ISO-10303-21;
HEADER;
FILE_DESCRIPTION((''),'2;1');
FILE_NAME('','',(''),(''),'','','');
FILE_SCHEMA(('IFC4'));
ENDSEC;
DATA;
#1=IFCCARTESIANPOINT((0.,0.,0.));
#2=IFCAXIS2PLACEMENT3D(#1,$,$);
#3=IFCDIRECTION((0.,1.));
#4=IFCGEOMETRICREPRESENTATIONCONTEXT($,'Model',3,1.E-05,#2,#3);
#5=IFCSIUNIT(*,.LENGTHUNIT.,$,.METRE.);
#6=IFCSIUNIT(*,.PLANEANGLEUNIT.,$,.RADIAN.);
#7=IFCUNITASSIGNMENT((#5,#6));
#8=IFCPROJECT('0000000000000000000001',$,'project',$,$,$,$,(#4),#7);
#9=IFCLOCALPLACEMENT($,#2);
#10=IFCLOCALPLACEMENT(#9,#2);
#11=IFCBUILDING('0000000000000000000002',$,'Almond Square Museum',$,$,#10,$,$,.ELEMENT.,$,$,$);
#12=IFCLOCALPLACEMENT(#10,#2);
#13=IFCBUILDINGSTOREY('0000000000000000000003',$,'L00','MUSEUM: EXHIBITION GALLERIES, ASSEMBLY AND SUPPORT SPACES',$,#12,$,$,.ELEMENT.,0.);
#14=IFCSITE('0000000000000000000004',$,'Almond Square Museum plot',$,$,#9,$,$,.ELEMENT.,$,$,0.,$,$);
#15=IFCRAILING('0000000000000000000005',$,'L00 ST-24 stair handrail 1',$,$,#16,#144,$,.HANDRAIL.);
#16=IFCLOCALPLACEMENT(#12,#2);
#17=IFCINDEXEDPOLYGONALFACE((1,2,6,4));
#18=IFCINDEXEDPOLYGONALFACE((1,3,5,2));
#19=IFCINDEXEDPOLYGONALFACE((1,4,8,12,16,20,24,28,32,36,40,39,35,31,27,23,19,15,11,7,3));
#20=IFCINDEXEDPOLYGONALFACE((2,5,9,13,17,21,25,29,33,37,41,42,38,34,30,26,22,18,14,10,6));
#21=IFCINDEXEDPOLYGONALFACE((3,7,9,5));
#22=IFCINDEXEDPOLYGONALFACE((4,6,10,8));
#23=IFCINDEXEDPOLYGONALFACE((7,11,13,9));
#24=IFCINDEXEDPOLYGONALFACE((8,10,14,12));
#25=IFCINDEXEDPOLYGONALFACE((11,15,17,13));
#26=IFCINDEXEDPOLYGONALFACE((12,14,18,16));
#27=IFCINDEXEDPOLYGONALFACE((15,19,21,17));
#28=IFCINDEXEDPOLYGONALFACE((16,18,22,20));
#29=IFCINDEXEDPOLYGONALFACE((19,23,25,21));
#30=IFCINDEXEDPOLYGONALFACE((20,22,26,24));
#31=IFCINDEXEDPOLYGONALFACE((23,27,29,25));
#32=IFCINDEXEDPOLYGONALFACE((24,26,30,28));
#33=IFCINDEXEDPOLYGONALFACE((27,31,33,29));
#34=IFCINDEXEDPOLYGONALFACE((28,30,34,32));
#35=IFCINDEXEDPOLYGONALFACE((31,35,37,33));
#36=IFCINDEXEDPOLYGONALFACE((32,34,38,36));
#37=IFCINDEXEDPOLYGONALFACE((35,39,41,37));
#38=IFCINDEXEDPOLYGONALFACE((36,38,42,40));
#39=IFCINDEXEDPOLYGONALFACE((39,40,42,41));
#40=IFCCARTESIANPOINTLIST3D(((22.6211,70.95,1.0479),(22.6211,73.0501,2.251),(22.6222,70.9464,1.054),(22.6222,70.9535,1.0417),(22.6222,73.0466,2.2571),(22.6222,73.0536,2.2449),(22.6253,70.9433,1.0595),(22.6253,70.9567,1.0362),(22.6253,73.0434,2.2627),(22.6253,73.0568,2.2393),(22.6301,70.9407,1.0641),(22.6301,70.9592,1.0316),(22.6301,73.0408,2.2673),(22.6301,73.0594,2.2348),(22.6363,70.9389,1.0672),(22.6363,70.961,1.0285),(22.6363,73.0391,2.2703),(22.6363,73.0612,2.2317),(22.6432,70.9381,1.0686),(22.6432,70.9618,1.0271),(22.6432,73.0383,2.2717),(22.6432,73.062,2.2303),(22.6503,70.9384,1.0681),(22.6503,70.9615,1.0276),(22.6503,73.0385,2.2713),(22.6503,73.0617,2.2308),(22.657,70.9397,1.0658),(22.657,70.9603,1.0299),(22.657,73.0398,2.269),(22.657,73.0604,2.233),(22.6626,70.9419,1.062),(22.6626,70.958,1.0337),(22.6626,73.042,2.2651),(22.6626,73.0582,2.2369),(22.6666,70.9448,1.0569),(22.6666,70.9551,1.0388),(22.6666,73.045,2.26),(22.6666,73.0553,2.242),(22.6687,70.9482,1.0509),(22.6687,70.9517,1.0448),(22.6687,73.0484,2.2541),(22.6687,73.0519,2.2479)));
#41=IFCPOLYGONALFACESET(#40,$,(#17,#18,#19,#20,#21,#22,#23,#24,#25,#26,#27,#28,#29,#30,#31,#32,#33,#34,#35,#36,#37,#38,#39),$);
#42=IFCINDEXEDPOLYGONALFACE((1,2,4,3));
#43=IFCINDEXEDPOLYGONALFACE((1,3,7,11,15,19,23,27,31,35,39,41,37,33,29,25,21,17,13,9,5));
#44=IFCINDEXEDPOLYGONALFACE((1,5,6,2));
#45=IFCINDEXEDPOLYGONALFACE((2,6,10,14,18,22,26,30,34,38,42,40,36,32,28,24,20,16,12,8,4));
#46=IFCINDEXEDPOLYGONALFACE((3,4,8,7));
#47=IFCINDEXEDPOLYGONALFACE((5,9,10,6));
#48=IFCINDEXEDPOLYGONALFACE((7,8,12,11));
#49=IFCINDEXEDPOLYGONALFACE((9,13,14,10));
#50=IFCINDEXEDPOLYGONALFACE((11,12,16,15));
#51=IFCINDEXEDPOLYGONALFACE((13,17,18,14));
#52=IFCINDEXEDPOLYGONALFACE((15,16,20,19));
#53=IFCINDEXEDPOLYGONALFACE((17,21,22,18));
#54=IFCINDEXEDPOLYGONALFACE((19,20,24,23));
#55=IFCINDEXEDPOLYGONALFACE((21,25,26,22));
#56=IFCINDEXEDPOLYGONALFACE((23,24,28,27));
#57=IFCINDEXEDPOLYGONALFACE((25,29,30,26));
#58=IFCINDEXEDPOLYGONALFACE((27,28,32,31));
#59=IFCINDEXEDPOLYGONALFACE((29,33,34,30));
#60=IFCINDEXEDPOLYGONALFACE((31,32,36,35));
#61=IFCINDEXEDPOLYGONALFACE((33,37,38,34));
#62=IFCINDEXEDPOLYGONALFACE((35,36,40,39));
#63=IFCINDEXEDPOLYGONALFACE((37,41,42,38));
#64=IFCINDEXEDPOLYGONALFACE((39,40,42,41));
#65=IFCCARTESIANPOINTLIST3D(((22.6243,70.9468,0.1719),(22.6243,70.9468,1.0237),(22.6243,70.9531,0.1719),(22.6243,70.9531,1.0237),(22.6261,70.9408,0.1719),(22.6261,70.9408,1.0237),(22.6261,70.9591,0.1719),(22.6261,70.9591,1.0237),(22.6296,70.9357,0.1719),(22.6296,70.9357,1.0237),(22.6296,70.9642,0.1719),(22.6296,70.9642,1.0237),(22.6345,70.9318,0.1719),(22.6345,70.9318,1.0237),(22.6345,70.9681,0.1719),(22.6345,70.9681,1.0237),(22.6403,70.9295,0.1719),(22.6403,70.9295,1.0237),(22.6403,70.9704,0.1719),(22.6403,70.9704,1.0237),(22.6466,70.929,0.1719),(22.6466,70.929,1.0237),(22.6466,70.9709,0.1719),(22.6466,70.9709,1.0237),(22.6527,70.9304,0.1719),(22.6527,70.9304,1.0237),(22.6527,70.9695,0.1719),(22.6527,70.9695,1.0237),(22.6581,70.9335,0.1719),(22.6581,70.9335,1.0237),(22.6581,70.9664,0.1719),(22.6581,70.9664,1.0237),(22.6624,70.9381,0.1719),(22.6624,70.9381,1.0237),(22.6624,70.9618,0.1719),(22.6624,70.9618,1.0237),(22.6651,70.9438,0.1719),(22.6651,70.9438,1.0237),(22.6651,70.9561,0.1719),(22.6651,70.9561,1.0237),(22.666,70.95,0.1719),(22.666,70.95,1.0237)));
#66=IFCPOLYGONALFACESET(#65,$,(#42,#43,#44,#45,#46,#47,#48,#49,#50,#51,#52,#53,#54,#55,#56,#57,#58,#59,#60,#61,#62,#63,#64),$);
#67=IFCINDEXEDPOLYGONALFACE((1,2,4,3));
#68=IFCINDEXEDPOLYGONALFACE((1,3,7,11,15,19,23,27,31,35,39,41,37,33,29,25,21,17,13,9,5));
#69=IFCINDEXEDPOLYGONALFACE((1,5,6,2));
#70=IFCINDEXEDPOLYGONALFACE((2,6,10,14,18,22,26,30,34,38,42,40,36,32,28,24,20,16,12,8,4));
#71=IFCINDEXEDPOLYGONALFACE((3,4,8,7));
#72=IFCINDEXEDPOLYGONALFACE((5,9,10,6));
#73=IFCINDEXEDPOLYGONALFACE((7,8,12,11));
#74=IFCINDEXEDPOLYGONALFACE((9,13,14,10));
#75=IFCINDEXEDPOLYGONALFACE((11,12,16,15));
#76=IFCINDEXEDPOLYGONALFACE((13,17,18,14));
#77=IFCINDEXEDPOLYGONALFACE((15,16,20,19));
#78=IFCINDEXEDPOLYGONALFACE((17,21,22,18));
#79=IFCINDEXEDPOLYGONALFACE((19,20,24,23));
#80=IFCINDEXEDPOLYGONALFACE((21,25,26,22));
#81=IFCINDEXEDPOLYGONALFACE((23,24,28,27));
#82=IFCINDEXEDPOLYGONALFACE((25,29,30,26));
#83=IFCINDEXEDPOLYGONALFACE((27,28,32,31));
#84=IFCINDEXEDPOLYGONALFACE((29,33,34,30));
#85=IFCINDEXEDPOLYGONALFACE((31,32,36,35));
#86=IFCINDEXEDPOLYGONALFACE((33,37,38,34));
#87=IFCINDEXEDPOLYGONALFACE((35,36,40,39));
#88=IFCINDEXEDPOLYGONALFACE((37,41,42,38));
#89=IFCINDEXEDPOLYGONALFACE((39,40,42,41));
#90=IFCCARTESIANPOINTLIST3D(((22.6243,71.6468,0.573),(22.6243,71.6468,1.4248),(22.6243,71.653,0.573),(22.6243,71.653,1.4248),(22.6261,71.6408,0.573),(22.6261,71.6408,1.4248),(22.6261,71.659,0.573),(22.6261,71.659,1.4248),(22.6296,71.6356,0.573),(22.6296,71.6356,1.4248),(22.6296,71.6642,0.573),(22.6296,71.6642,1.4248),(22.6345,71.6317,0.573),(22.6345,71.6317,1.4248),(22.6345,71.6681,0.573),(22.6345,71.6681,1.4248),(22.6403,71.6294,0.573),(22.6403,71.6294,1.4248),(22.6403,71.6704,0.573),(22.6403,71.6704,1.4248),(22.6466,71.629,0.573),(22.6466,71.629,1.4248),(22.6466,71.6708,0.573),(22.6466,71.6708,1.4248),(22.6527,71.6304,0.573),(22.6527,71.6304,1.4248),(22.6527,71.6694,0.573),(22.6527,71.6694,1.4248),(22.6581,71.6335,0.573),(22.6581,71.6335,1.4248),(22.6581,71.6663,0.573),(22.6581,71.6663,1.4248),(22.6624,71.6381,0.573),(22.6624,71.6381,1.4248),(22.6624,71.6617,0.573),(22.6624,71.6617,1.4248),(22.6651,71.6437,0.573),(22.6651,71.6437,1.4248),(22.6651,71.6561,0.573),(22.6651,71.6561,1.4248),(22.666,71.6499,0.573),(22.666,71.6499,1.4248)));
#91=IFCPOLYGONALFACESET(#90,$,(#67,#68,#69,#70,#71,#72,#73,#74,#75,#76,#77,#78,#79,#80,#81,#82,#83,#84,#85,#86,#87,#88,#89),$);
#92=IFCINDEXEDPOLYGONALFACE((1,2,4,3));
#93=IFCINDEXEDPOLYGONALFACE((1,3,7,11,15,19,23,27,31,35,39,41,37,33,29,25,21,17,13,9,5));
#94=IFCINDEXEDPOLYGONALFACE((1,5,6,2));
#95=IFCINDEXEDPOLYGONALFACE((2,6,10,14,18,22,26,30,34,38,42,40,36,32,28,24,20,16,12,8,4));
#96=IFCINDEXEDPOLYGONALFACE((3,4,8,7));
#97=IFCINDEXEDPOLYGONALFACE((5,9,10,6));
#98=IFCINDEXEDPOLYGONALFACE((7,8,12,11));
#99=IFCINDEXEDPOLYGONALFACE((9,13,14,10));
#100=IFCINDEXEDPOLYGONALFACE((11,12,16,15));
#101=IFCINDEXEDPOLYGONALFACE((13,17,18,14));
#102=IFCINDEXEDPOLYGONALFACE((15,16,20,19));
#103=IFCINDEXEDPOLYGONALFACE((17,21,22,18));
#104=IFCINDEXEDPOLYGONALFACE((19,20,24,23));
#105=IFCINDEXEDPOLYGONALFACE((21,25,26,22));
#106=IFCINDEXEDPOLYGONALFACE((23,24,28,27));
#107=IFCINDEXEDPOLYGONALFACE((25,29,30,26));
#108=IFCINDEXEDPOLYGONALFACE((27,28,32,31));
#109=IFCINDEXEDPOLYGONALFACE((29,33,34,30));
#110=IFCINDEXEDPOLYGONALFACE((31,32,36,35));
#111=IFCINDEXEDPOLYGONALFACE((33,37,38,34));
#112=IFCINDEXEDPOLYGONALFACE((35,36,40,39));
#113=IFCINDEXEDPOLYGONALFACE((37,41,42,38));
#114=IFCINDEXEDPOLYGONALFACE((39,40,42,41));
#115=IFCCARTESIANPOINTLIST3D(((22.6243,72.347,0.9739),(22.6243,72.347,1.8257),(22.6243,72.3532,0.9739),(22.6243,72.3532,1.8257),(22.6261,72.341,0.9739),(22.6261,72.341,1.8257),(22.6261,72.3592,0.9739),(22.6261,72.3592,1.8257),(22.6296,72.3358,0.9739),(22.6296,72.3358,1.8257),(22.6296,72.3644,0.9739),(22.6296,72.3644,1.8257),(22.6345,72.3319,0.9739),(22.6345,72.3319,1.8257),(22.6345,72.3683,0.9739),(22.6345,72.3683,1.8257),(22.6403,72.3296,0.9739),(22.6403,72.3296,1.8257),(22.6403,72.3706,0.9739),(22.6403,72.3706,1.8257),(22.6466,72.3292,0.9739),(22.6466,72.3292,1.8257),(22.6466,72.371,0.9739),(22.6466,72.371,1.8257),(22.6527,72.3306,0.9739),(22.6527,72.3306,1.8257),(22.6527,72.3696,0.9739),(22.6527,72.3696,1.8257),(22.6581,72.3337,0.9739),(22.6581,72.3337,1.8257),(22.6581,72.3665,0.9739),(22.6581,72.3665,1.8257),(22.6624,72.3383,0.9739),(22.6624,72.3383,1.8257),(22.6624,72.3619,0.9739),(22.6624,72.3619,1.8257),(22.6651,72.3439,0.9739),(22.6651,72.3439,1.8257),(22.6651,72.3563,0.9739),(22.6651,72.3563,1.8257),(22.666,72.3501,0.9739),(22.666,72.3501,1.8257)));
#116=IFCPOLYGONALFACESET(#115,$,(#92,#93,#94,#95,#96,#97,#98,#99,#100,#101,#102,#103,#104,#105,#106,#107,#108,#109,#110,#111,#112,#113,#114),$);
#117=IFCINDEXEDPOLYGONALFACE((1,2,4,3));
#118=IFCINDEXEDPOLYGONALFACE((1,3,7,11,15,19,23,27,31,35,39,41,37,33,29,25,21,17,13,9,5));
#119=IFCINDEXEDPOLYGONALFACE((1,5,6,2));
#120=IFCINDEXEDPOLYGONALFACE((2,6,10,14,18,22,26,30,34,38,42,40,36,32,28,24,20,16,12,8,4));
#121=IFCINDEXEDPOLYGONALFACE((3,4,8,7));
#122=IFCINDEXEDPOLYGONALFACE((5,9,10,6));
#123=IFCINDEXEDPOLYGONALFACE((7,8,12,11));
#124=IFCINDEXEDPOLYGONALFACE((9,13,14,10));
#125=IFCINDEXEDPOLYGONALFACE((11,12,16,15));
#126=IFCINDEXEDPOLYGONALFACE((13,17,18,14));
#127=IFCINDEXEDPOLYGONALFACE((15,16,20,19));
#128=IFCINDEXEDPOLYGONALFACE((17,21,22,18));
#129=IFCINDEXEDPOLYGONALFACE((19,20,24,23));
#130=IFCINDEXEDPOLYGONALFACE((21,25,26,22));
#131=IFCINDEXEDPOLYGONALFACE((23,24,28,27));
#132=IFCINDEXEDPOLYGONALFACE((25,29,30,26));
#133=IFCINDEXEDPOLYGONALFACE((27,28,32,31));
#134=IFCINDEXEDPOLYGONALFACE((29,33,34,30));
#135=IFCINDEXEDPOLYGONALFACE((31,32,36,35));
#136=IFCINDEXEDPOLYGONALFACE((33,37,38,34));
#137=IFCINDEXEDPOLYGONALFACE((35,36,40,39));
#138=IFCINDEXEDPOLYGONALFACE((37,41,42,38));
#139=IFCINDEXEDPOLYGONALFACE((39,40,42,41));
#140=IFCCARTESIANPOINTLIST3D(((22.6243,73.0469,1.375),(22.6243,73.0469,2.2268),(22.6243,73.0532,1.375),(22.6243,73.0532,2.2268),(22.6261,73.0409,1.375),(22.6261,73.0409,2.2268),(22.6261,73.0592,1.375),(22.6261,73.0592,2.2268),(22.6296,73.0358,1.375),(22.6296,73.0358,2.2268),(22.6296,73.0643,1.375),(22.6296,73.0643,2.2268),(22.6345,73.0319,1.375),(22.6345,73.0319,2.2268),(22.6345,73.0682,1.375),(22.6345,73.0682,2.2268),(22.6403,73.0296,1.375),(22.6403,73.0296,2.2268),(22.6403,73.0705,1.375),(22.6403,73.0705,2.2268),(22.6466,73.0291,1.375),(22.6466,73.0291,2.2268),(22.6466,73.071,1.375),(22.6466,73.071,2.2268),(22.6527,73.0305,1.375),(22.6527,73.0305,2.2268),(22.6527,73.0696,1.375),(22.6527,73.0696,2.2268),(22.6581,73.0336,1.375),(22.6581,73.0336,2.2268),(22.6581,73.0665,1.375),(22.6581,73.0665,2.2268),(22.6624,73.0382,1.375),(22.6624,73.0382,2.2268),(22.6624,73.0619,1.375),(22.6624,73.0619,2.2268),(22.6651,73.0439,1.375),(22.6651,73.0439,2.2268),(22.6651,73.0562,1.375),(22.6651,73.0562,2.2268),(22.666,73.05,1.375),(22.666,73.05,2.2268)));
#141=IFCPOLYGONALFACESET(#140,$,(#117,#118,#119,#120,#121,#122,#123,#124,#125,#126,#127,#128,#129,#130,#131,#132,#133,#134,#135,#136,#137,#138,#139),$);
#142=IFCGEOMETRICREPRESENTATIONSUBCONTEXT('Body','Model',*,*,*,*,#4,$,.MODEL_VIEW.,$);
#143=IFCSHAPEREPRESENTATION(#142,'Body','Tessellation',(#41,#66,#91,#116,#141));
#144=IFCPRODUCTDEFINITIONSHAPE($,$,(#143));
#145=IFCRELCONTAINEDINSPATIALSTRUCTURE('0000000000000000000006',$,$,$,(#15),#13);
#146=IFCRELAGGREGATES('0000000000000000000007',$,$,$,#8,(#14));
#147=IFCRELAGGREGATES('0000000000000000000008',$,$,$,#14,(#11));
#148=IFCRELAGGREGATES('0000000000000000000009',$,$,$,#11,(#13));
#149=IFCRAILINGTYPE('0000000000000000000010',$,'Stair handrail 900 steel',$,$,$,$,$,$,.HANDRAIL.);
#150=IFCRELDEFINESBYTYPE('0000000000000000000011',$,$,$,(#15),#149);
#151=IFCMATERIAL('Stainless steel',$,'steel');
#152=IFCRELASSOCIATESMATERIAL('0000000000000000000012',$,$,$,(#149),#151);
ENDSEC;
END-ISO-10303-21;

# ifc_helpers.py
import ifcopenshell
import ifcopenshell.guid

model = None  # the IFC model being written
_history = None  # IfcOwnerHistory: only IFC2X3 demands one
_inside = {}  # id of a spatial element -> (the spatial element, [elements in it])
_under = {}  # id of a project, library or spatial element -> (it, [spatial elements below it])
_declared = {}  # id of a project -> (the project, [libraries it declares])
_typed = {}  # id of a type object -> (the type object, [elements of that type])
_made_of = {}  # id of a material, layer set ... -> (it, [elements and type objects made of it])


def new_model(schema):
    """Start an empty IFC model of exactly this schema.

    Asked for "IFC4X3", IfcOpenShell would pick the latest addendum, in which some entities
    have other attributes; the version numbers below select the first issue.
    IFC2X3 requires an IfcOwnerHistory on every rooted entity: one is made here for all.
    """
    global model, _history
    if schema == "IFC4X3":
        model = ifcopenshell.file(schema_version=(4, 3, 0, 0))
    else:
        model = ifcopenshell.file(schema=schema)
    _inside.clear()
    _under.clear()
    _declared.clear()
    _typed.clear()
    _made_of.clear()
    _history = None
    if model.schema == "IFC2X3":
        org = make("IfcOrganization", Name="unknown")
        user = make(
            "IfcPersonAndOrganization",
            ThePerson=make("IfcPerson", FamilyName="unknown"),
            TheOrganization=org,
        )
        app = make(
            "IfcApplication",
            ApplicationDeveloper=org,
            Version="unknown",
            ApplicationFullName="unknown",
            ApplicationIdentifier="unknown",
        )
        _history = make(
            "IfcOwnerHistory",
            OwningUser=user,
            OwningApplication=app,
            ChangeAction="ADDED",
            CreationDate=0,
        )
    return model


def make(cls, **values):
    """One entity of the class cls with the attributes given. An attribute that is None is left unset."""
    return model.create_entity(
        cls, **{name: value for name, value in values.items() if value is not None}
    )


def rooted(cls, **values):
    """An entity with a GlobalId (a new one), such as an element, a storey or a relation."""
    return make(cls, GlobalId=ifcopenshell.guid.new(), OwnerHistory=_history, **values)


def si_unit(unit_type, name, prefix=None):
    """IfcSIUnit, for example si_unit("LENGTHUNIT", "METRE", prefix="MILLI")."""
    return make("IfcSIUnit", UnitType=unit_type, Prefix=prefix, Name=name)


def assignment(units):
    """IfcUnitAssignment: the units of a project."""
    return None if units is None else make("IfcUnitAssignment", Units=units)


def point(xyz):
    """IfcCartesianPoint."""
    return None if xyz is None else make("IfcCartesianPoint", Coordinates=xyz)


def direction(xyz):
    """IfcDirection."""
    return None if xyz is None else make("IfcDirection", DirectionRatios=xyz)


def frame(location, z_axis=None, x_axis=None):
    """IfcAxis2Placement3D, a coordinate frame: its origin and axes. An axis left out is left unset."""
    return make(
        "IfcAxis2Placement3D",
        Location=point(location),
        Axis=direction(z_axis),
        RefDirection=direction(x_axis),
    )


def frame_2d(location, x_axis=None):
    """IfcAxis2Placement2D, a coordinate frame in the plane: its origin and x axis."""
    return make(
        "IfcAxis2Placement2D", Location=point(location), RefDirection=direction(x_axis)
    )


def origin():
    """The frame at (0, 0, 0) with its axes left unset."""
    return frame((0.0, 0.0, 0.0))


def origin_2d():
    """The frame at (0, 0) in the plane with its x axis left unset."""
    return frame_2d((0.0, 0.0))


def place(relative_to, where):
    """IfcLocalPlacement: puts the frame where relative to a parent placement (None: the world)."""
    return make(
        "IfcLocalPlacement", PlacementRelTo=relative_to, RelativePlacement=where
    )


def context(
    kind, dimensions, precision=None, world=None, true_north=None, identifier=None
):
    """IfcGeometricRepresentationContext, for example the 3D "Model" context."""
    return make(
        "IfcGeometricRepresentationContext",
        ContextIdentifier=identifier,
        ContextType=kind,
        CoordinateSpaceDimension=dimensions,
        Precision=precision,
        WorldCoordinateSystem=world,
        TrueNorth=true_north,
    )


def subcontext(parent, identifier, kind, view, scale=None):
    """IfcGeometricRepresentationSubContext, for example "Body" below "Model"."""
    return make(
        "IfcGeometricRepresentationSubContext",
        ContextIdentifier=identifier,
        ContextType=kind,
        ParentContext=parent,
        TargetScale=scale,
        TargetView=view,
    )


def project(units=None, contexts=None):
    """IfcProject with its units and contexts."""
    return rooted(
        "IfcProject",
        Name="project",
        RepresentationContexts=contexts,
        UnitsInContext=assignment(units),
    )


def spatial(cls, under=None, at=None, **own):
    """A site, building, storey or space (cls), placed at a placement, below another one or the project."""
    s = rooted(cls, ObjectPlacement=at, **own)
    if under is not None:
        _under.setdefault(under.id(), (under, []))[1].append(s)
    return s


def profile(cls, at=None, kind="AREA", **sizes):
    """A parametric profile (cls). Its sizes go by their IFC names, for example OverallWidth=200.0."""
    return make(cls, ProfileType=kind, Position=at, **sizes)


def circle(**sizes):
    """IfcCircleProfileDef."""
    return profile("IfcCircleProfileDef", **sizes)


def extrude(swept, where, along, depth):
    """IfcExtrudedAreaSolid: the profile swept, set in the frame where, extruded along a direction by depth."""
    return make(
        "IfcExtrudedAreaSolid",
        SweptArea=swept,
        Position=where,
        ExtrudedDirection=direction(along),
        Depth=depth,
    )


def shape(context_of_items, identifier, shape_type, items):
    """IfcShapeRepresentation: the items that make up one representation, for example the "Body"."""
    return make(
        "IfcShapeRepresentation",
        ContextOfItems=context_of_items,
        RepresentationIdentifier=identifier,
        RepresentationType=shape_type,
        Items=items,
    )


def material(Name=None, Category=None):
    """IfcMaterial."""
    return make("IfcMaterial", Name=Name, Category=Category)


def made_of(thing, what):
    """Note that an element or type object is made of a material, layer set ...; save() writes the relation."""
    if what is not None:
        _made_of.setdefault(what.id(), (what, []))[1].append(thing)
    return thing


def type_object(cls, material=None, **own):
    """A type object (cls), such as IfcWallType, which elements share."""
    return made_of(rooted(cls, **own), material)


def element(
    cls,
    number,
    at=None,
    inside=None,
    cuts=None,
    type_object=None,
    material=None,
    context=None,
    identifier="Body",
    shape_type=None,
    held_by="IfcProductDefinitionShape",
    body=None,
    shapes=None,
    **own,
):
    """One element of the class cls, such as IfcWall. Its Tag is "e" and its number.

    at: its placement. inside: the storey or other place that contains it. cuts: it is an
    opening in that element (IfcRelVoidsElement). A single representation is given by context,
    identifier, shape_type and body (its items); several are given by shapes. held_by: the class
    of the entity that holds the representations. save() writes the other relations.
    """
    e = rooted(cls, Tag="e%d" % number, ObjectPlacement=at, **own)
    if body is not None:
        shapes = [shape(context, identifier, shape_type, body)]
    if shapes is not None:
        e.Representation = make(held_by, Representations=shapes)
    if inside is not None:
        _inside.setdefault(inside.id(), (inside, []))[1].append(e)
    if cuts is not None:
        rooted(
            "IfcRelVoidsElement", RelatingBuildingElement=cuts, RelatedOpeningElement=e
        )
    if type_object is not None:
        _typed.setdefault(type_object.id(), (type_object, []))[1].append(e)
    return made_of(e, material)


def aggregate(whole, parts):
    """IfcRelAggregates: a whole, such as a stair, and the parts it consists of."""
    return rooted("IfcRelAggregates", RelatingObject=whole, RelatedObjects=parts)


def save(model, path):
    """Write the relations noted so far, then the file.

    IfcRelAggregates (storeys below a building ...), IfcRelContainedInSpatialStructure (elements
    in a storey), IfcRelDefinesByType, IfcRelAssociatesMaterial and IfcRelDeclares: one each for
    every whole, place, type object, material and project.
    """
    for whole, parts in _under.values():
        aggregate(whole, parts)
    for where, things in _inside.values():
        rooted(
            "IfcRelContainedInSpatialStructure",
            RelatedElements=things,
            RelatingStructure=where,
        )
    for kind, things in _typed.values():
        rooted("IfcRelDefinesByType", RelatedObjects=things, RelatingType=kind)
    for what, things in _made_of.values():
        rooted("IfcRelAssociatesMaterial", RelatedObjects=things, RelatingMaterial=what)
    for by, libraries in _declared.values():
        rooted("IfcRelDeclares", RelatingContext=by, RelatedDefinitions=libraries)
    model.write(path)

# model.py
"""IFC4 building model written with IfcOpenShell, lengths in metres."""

from ifc_helpers import new_model, si_unit, direction, frame, origin, origin_2d, place, context, subcontext, project, spatial, circle, extrude, material, type_object, element, save


model = new_model("IFC4")

# Units and contexts
model_context = context("Model", 3, precision=1e-05, world=origin(), true_north=direction((0.0, 1.0)))
body_context = subcontext(model_context, "Body", "Model", "MODEL_VIEW")
ifc_project = project(units=[si_unit("LENGTHUNIT", "METRE"), si_unit("PLANEANGLEUNIT", "RADIAN")], contexts=[model_context])

# Site, building, storey
site_placement = place(None, origin())
site = spatial("IfcSite", under=ifc_project, at=site_placement, Name="Almond Square Museum plot", CompositionType="ELEMENT", RefElevation=0.0)
building_placement = place(site_placement, origin())
building = spatial("IfcBuilding", under=site, at=building_placement, Name="Almond Square Museum", CompositionType="ELEMENT")
storey_placement = place(building_placement, origin())
storey = spatial("IfcBuildingStorey", under=building, at=storey_placement, Name="L00", Description="MUSEUM: EXHIBITION GALLERIES, ASSEMBLY AND SUPPORT SPACES", CompositionType="ELEMENT", Elevation=0.0)

# Railing
ifc_material_1 = material(Name="Stainless steel", Category="steel")
railing_type_1 = type_object("IfcRailingType", Name="Stair handrail 900 steel", PredefinedType="HANDRAIL", material=ifc_material_1)
for number, where, name in (
    (1, (22.645, 70.95, 0.1719), "L00 ST-24 stair handrail 1"),
):
    element("IfcRailing", number, at=place(storey_placement, frame(where)), inside=storey, type_object=railing_type_1, Name=name, PredefinedType="HANDRAIL", context=body_context, shape_type="SweptSolid", body=[
        extrude(circle(Radius=0.0239, at=origin_2d()), frame((0.0, 0.0, 0.876), z_axis=(0.0, 0.867696, 0.497095), x_axis=(-1.0, 0.0, 0.0)), (0.0, 0.0, 1.0), 2.4204),
        extrude(circle(Radius=0.021, at=origin_2d()), origin(), (0.0, 0.0, 1.0), 0.8518),
        extrude(circle(Radius=0.021, at=origin_2d()), frame((0.0, 0.7, 0.4011)), (0.0, 0.0, 1.0), 0.8518),
        extrude(circle(Radius=0.021, at=origin_2d()), frame((0.0, 1.4001, 0.802)), (0.0, 0.0, 1.0), 0.8518),
        extrude(circle(Radius=0.021, at=origin_2d()), frame((0.0, 2.1001, 1.2031)), (0.0, 0.0, 1.0), 0.8518),
    ])

save(model, "model.ifc")
